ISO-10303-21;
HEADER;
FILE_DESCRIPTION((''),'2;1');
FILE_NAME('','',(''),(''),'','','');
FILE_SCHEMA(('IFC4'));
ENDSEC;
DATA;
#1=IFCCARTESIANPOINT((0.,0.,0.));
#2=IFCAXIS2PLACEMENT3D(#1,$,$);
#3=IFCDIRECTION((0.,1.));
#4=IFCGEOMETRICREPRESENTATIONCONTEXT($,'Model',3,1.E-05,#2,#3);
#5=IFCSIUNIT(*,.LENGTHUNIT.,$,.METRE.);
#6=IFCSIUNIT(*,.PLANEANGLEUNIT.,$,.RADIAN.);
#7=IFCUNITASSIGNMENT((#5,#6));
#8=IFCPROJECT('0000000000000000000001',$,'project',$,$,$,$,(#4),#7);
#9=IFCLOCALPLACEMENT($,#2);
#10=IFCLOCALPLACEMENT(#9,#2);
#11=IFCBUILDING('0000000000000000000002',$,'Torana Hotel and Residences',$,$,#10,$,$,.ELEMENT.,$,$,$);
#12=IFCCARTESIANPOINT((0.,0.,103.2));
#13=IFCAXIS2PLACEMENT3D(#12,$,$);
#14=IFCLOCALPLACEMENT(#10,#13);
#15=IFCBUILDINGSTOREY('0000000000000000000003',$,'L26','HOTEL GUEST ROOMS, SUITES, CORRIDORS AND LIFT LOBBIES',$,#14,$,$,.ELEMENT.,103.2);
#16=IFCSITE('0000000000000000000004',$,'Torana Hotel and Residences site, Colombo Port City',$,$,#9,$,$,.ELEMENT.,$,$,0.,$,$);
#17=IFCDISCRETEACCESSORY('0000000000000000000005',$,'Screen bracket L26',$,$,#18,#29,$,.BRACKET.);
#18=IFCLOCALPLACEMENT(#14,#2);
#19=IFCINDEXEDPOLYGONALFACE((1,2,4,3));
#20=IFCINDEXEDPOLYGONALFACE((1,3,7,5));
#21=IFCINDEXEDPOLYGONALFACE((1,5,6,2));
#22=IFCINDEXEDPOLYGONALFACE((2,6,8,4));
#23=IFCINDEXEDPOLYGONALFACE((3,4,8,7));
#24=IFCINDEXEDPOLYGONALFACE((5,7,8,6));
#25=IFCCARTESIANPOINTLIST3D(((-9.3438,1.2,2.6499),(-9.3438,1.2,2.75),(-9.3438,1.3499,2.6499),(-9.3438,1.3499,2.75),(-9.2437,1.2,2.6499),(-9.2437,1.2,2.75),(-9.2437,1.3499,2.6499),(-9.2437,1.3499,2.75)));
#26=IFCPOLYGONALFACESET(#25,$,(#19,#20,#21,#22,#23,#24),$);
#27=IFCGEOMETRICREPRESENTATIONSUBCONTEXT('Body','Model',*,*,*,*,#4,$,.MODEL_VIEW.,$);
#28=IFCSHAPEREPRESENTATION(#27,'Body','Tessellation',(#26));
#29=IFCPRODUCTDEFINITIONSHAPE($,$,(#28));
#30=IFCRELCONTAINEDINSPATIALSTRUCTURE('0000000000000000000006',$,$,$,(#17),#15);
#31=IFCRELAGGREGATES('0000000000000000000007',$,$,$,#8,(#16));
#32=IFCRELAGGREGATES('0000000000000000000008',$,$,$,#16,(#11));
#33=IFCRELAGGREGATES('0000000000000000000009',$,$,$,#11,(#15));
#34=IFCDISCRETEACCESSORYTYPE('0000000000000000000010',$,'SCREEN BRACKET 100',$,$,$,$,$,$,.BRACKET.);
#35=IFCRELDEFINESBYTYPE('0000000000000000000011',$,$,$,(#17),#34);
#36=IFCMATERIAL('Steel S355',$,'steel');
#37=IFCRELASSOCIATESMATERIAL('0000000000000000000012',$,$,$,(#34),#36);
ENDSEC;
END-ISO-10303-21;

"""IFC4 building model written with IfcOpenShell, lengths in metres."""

from ifc_helpers import new_model, si_unit, direction, frame, origin, origin_2d, place, context, subcontext, project, spatial, rectangle, extrude, material, type_object, element, save


model = new_model("IFC4")

# Units and contexts
model_context = context("Model", 3, precision=1e-05, world=origin(), true_north=direction((0.0, 1.0)))
body_context = subcontext(model_context, "Body", "Model", "MODEL_VIEW")
ifc_project = project(units=[si_unit("LENGTHUNIT", "METRE"), si_unit("PLANEANGLEUNIT", "RADIAN")], contexts=[model_context])

# Site, building, storey
site_placement = place(None, origin())
site = spatial("IfcSite", under=ifc_project, at=site_placement, Name="Torana Hotel and Residences site, Colombo Port City", CompositionType="ELEMENT", RefElevation=0.0)
building_placement = place(site_placement, origin())
building = spatial("IfcBuilding", under=site, at=building_placement, Name="Torana Hotel and Residences", CompositionType="ELEMENT")
storey_placement = place(building_placement, frame((0.0, 0.0, 103.2)))
storey = spatial("IfcBuildingStorey", under=building, at=storey_placement, Name="L26", Description="HOTEL GUEST ROOMS, SUITES, CORRIDORS AND LIFT LOBBIES", CompositionType="ELEMENT", Elevation=103.2)

# Discrete accessory
ifc_material_1 = material(Name="Steel S355", Category="steel")
discrete_accessory_type = type_object("IfcDiscreteAccessoryType", Name="SCREEN BRACKET 100", PredefinedType="BRACKET", material=ifc_material_1)
for number, where, z_axis, x_axis, name in (
    (1, (-9.2937, 1.2749, 2.6499), (0.0, 0.0, 1.0), (-1.0, 0.0, 0.0), "Screen bracket L26"),
):
    element("IfcDiscreteAccessory", number, at=place(storey_placement, frame(where, z_axis=z_axis, x_axis=x_axis)), inside=storey, type_object=discrete_accessory_type, Name=name, PredefinedType="BRACKET", context=body_context, shape_type="SweptSolid", body=[
        extrude(rectangle(XDim=0.1001, YDim=0.1499, at=origin_2d()), origin(), (0.0, 0.0, 1.0), 0.1001),
    ])

save(model, "model.ifc")
